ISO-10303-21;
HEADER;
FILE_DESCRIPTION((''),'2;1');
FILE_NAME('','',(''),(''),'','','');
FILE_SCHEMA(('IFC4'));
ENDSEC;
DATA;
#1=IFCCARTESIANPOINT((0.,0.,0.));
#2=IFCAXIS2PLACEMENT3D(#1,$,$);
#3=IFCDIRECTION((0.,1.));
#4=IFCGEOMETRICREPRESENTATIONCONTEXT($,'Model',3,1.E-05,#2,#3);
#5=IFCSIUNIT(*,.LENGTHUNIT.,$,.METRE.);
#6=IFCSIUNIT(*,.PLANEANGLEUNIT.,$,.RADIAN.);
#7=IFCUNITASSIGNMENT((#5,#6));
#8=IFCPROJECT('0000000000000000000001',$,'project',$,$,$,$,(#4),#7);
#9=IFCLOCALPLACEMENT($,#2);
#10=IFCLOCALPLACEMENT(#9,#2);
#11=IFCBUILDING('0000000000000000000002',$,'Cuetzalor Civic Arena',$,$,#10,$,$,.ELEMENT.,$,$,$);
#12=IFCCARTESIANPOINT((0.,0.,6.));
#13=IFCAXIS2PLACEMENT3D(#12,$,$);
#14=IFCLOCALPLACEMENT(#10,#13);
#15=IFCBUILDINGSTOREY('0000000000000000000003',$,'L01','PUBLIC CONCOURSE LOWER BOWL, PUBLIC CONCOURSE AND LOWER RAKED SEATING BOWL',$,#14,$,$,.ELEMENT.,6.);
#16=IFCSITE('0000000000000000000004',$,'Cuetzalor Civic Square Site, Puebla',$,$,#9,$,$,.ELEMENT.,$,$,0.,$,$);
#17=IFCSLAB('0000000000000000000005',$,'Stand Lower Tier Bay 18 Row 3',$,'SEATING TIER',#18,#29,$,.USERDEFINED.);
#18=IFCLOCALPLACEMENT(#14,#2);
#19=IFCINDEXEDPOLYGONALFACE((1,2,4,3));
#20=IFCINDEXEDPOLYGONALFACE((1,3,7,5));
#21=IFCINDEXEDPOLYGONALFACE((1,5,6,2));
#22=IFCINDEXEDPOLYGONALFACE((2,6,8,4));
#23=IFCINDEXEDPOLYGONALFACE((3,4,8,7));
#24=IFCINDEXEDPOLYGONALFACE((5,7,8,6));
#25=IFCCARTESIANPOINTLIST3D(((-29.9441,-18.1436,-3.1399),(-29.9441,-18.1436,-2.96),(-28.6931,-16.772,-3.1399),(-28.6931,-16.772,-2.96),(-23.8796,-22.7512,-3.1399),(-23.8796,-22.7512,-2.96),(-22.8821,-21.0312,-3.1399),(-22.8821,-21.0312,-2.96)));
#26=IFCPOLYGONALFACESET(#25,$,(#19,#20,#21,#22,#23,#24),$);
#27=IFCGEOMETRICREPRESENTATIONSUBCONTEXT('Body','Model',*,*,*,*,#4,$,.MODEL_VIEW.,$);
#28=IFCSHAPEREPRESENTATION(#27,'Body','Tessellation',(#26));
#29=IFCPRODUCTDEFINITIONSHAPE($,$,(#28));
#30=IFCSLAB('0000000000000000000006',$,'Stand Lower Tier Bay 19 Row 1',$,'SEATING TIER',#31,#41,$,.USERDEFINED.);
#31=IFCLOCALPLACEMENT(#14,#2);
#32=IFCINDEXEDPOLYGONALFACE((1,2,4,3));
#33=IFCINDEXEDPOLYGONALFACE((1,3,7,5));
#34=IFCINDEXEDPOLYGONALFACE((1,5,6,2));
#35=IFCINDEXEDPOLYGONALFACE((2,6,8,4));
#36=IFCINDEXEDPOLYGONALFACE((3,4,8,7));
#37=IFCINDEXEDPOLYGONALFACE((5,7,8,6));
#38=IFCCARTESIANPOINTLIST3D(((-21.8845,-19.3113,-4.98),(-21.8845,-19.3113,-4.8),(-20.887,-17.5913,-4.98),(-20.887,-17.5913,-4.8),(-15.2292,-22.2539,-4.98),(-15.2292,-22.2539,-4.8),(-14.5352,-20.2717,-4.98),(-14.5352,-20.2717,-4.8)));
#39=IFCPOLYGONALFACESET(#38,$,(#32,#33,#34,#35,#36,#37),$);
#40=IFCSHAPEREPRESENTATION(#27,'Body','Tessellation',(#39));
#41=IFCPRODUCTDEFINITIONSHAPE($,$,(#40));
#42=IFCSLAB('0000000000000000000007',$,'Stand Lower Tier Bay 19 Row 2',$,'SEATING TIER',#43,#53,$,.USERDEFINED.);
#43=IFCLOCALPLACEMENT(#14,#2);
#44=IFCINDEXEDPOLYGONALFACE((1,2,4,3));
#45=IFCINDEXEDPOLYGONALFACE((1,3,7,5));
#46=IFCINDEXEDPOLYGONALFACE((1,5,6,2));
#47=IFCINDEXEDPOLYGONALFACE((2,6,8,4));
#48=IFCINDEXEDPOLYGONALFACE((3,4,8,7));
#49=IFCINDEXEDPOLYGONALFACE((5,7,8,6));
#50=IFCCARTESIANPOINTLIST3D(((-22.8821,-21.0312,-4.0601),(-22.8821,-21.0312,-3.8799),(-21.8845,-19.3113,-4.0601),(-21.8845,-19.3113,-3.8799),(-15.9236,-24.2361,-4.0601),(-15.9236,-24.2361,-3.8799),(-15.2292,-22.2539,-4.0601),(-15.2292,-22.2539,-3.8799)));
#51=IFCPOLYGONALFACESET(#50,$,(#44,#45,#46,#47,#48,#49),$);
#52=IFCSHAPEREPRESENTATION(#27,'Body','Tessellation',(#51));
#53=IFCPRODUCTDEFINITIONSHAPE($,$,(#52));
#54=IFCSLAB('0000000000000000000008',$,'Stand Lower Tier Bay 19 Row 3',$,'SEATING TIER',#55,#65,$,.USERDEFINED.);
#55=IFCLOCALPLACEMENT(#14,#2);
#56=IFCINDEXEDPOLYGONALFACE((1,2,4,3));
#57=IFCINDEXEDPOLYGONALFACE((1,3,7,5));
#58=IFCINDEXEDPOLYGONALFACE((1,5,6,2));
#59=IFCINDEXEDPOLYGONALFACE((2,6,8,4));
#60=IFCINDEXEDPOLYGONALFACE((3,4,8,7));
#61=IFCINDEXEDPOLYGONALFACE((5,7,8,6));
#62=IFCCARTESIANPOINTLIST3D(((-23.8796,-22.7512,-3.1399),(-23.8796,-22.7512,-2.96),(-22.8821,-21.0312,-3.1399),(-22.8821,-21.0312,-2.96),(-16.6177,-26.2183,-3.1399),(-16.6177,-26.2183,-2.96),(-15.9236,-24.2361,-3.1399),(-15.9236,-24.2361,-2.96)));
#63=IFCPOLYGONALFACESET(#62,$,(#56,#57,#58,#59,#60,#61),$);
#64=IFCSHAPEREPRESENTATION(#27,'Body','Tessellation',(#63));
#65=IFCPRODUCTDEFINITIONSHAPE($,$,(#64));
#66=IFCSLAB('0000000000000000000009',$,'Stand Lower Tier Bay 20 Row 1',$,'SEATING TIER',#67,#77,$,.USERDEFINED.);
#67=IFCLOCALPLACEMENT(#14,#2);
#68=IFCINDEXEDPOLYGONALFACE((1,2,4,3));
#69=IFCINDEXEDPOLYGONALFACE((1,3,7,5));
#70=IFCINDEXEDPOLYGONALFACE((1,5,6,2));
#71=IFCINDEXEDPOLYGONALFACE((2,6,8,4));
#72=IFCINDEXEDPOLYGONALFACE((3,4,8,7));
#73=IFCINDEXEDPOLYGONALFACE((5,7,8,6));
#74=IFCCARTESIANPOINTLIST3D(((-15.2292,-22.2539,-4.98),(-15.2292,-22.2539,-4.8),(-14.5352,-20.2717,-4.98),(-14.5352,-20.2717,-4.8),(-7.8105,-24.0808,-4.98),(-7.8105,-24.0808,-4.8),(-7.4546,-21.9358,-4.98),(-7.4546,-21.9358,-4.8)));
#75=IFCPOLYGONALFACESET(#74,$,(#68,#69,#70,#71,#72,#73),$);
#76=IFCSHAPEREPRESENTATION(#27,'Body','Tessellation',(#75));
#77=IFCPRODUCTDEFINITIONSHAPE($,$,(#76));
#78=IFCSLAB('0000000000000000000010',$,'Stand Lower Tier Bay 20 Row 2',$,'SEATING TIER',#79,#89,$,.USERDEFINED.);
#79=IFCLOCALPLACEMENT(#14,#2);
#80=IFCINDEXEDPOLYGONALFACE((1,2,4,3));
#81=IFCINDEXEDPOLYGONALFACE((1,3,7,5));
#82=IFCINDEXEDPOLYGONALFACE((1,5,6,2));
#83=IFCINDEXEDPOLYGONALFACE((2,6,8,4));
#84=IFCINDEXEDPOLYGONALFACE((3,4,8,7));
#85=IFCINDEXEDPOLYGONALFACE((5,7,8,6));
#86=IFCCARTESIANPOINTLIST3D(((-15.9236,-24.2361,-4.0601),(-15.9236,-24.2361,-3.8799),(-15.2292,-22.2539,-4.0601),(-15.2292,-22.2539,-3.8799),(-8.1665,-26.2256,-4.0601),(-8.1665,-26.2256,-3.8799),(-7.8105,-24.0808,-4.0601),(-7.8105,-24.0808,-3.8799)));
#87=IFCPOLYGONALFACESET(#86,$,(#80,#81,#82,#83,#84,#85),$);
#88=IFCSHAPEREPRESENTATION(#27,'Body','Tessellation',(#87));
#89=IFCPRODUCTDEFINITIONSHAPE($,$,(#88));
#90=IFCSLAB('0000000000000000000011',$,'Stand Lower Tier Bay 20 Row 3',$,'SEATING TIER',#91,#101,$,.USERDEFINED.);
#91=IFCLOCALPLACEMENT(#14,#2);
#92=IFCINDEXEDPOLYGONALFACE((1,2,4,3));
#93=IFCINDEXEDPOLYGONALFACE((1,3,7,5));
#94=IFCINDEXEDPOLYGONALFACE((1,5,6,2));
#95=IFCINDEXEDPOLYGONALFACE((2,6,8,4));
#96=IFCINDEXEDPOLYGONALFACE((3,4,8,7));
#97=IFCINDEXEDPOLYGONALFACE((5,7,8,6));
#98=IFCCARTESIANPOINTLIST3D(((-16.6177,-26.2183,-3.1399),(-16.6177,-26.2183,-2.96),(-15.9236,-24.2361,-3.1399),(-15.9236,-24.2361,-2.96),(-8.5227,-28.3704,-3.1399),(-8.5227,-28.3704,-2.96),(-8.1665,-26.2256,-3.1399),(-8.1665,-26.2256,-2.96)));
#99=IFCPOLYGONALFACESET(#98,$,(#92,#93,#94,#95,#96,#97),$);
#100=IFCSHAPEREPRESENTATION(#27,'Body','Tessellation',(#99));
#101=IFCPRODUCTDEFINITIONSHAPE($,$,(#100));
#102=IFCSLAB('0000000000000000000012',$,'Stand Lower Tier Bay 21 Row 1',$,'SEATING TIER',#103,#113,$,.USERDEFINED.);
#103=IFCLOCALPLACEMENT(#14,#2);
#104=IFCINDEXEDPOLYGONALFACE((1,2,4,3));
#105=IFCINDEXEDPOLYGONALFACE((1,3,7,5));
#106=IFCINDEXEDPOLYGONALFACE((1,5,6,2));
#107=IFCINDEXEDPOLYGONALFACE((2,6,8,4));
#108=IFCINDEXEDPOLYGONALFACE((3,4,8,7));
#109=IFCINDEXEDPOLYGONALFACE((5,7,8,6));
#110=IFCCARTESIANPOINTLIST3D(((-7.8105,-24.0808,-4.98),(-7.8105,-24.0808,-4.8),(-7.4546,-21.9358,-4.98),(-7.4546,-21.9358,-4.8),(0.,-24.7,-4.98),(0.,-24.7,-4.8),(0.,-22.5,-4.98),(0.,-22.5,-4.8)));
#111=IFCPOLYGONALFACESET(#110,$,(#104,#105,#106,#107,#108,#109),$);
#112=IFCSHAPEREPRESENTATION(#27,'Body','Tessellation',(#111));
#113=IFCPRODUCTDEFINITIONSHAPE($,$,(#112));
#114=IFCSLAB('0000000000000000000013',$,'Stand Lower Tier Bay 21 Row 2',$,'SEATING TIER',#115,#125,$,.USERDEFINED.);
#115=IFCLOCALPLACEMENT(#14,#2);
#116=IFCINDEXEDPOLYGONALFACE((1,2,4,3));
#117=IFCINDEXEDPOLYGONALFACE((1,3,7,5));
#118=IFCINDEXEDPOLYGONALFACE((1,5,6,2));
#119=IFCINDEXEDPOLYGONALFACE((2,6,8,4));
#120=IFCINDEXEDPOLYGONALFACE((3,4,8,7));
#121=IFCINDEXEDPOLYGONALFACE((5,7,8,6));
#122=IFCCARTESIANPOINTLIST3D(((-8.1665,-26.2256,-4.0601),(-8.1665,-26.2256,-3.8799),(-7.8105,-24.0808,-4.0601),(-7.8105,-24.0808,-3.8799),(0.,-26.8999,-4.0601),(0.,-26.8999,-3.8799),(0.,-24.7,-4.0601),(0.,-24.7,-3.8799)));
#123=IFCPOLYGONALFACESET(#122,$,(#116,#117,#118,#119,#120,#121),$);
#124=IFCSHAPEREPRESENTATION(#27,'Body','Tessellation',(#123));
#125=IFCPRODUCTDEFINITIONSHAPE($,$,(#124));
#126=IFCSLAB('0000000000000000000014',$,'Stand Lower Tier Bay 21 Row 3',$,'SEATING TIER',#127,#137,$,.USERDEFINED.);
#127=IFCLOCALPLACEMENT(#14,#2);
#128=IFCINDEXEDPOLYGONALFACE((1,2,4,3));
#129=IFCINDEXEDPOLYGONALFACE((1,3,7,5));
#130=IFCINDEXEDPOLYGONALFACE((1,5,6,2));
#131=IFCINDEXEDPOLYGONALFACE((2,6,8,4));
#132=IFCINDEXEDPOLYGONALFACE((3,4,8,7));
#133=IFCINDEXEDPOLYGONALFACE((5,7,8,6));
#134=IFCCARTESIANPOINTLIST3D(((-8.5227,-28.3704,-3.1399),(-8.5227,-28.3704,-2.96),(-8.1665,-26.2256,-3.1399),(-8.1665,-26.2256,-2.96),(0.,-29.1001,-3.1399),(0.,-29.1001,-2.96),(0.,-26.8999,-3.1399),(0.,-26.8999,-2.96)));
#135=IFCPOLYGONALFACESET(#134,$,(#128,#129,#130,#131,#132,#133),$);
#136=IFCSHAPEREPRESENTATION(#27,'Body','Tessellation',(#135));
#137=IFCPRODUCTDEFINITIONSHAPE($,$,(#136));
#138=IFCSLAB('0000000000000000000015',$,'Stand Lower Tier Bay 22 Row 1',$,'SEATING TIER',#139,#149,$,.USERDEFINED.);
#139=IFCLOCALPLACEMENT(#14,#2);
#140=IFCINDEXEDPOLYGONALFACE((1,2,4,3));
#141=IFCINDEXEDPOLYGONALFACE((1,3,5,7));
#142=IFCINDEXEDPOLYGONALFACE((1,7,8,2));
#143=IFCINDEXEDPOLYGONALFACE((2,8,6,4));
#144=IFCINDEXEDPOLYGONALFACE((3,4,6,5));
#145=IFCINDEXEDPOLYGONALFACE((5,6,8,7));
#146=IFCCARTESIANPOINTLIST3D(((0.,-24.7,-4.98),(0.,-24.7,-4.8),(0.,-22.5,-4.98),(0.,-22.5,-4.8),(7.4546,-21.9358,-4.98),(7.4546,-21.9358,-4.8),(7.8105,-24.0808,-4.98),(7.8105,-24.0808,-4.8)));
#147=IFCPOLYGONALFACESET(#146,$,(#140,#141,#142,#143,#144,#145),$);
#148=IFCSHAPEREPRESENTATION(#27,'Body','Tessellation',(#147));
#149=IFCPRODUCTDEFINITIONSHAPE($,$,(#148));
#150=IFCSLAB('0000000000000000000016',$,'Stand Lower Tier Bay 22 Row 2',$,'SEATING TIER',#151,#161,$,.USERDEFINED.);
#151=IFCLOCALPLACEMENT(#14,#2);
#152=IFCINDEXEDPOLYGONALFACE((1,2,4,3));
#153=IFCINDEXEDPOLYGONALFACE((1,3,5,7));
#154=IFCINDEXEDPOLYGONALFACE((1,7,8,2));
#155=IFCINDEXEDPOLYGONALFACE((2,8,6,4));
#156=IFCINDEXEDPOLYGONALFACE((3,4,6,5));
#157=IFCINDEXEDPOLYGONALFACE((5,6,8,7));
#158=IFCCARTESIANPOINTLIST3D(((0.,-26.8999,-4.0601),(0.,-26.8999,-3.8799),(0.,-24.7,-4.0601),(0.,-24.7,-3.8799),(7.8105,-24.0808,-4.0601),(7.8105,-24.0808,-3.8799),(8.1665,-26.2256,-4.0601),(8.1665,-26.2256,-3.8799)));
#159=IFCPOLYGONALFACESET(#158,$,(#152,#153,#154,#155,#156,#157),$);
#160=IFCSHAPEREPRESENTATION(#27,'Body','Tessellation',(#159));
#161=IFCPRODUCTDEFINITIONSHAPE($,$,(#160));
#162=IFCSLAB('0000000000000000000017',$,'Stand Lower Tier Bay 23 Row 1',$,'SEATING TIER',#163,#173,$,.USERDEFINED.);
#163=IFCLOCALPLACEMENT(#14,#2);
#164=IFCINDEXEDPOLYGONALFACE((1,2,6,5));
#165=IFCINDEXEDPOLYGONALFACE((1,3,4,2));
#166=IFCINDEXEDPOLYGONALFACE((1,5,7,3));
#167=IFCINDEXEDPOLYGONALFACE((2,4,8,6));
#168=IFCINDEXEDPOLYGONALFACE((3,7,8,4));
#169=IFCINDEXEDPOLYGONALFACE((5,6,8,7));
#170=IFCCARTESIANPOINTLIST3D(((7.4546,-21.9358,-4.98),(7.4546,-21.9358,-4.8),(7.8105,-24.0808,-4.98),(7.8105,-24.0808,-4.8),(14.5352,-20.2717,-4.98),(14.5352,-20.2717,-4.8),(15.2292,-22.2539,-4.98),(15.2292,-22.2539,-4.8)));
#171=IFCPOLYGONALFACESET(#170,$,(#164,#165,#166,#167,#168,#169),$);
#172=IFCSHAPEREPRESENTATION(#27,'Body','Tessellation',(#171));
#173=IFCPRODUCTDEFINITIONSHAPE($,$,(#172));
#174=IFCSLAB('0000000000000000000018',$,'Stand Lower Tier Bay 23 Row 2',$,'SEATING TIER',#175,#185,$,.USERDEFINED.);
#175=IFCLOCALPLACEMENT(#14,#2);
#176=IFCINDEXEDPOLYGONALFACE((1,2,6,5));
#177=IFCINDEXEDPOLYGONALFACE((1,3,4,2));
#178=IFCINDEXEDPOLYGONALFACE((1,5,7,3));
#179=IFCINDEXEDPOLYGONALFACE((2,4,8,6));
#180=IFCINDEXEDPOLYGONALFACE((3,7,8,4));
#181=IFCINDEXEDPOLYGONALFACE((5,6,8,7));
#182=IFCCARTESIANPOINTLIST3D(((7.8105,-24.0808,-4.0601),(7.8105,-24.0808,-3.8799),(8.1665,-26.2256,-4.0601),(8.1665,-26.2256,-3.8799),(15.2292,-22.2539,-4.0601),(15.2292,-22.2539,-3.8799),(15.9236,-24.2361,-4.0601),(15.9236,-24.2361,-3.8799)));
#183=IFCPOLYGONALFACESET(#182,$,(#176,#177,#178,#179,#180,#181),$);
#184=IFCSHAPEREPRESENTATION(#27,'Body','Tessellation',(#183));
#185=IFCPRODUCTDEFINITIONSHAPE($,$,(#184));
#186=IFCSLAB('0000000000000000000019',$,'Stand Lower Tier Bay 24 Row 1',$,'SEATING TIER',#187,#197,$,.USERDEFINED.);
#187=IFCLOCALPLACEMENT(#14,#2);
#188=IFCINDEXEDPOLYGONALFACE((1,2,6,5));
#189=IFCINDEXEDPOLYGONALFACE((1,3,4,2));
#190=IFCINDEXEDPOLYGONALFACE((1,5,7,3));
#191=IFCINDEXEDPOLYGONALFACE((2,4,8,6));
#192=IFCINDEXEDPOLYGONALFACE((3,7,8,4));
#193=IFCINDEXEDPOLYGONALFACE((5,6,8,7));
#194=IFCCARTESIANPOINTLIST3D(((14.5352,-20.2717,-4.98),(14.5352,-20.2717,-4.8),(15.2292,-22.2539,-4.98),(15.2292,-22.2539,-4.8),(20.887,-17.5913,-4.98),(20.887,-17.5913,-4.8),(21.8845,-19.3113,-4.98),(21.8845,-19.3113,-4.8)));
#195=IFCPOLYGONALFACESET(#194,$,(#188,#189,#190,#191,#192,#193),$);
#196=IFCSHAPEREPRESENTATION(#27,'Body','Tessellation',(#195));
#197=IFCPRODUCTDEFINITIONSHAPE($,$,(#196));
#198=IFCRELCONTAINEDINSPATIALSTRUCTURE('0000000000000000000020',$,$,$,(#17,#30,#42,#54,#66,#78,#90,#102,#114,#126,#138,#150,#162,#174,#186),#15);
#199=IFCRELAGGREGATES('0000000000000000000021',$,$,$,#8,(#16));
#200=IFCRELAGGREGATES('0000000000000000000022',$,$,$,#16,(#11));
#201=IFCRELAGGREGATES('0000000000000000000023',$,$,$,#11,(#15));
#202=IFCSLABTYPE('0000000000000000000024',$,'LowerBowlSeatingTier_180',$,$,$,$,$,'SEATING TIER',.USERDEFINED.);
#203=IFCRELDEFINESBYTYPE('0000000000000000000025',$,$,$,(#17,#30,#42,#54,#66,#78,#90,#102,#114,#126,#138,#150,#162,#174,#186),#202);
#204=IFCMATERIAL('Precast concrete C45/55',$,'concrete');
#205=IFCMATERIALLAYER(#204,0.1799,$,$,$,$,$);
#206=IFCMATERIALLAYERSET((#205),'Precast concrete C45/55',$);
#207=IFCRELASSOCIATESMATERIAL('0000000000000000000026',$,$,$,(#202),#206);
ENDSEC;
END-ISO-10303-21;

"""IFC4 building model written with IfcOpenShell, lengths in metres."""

from ifc_helpers import new_model, si_unit, direction, frame, origin, place, context, subcontext, project, spatial, polyline, outline, extrude, material, layer, layer_set, type_object, element, save


model = new_model("IFC4")

# Units and contexts
model_context = context("Model", 3, precision=1e-05, world=origin(), true_north=direction((0.0, 1.0)))
body_context = subcontext(model_context, "Body", "Model", "MODEL_VIEW")
ifc_project = project(units=[si_unit("LENGTHUNIT", "METRE"), si_unit("PLANEANGLEUNIT", "RADIAN")], contexts=[model_context])

# Site, building, storey
site_placement = place(None, origin())
site = spatial("IfcSite", under=ifc_project, at=site_placement, Name="Cuetzalor Civic Square Site, Puebla", CompositionType="ELEMENT", RefElevation=0.0)
building_placement = place(site_placement, origin())
building = spatial("IfcBuilding", under=site, at=building_placement, Name="Cuetzalor Civic Arena", CompositionType="ELEMENT")
storey_placement = place(building_placement, frame((0.0, 0.0, 6.0)))
storey = spatial("IfcBuildingStorey", under=building, at=storey_placement, Name="L01", Description="PUBLIC CONCOURSE LOWER BOWL, PUBLIC CONCOURSE AND LOWER RAKED SEATING BOWL", CompositionType="ELEMENT", Elevation=6.0)

# Slabs
ifc_material = material(Name="Precast concrete C45/55", Category="concrete")
ifc_layer = layer(ifc_material, 0.1799)
ifc_layer_set = layer_set([ifc_layer], Name="Precast concrete C45/55")
slab_type = type_object("IfcSlabType", Name="LowerBowlSeatingTier_180", ElementType="SEATING TIER", PredefinedType="USERDEFINED", material=ifc_layer_set)
slab_1_placement = place(storey_placement, frame((0.0, 0.0, -3.1399)))
element("IfcSlab", 1, at=slab_1_placement, inside=storey, type_object=slab_type, Name="Stand Lower Tier Bay 18 Row 3", ObjectType="SEATING TIER", PredefinedType="USERDEFINED", context=body_context, shape_type="SweptSolid", body=[
    extrude(outline(polyline([(-28.6931, -16.772), (-22.8821, -21.0312), (-23.8796, -22.7512), (-29.9441, -18.1436), (-28.6931, -16.772)])), origin(), (0.0, 0.0, 1.0), 0.1799),
])
slab_2_placement = place(storey_placement, frame((0.0, 0.0, -4.98)))
element("IfcSlab", 2, at=slab_2_placement, inside=storey, type_object=slab_type, Name="Stand Lower Tier Bay 19 Row 1", ObjectType="SEATING TIER", PredefinedType="USERDEFINED", context=body_context, shape_type="SweptSolid", body=[
    extrude(outline(polyline([(-20.887, -17.5913), (-14.5352, -20.2717), (-15.2292, -22.2539), (-21.8845, -19.3113), (-20.887, -17.5913)])), origin(), (0.0, 0.0, 1.0), 0.1799),
])
slab_3_placement = place(storey_placement, frame((0.0, 0.0, -4.0601)))
element("IfcSlab", 3, at=slab_3_placement, inside=storey, type_object=slab_type, Name="Stand Lower Tier Bay 19 Row 2", ObjectType="SEATING TIER", PredefinedType="USERDEFINED", context=body_context, shape_type="SweptSolid", body=[
    extrude(outline(polyline([(-21.8845, -19.3113), (-15.2292, -22.2539), (-15.9236, -24.2361), (-22.8821, -21.0312), (-21.8845, -19.3113)])), origin(), (0.0, 0.0, 1.0), 0.1802),
])
slab_4_placement = place(storey_placement, frame((0.0, 0.0, -3.1399)))
element("IfcSlab", 4, at=slab_4_placement, inside=storey, type_object=slab_type, Name="Stand Lower Tier Bay 19 Row 3", ObjectType="SEATING TIER", PredefinedType="USERDEFINED", context=body_context, shape_type="SweptSolid", body=[
    extrude(outline(polyline([(-22.8821, -21.0312), (-15.9236, -24.2361), (-16.6177, -26.2183), (-23.8796, -22.7512), (-22.8821, -21.0312)])), origin(), (0.0, 0.0, 1.0), 0.1799),
])
slab_5_placement = place(storey_placement, frame((0.0, 0.0, -4.98)))
element("IfcSlab", 5, at=slab_5_placement, inside=storey, type_object=slab_type, Name="Stand Lower Tier Bay 20 Row 1", ObjectType="SEATING TIER", PredefinedType="USERDEFINED", context=body_context, shape_type="SweptSolid", body=[
    extrude(outline(polyline([(-14.5352, -20.2717), (-7.4546, -21.9358), (-7.8105, -24.0808), (-15.2292, -22.2539), (-14.5352, -20.2717)])), origin(), (0.0, 0.0, 1.0), 0.1799),
])
slab_6_placement = place(storey_placement, frame((0.0, 0.0, -4.0601)))
element("IfcSlab", 6, at=slab_6_placement, inside=storey, type_object=slab_type, Name="Stand Lower Tier Bay 20 Row 2", ObjectType="SEATING TIER", PredefinedType="USERDEFINED", context=body_context, shape_type="SweptSolid", body=[
    extrude(outline(polyline([(-15.2292, -22.2539), (-7.8105, -24.0808), (-8.1665, -26.2256), (-15.9236, -24.2361), (-15.2292, -22.2539)])), origin(), (0.0, 0.0, 1.0), 0.1802),
])
slab_7_placement = place(storey_placement, frame((0.0, 0.0, -3.1399)))
element("IfcSlab", 7, at=slab_7_placement, inside=storey, type_object=slab_type, Name="Stand Lower Tier Bay 20 Row 3", ObjectType="SEATING TIER", PredefinedType="USERDEFINED", context=body_context, shape_type="SweptSolid", body=[
    extrude(outline(polyline([(-15.9236, -24.2361), (-8.1665, -26.2256), (-8.5227, -28.3704), (-16.6177, -26.2183), (-15.9236, -24.2361)])), origin(), (0.0, 0.0, 1.0), 0.1799),
])
slab_8_placement = place(storey_placement, frame((0.0, 0.0, -4.98)))
element("IfcSlab", 8, at=slab_8_placement, inside=storey, type_object=slab_type, Name="Stand Lower Tier Bay 21 Row 1", ObjectType="SEATING TIER", PredefinedType="USERDEFINED", context=body_context, shape_type="SweptSolid", body=[
    extrude(outline(polyline([(-7.4546, -21.9358), (0.0, -22.5), (0.0, -24.7), (-7.8105, -24.0808), (-7.4546, -21.9358)])), origin(), (0.0, 0.0, 1.0), 0.1799),
])
slab_9_placement = place(storey_placement, frame((0.0, 0.0, -4.0601)))
element("IfcSlab", 9, at=slab_9_placement, inside=storey, type_object=slab_type, Name="Stand Lower Tier Bay 21 Row 2", ObjectType="SEATING TIER", PredefinedType="USERDEFINED", context=body_context, shape_type="SweptSolid", body=[
    extrude(outline(polyline([(-7.8105, -24.0808), (0.0, -24.7), (0.0, -26.8999), (-8.1665, -26.2256), (-7.8105, -24.0808)])), origin(), (0.0, 0.0, 1.0), 0.1802),
])
slab_10_placement = place(storey_placement, frame((0.0, 0.0, -3.1399)))
element("IfcSlab", 10, at=slab_10_placement, inside=storey, type_object=slab_type, Name="Stand Lower Tier Bay 21 Row 3", ObjectType="SEATING TIER", PredefinedType="USERDEFINED", context=body_context, shape_type="SweptSolid", body=[
    extrude(outline(polyline([(-8.1665, -26.2256), (0.0, -26.8999), (0.0, -29.1001), (-8.5227, -28.3704), (-8.1665, -26.2256)])), origin(), (0.0, 0.0, 1.0), 0.1799),
])
slab_11_placement = place(storey_placement, frame((0.0, 0.0, -4.98)))
element("IfcSlab", 11, at=slab_11_placement, inside=storey, type_object=slab_type, Name="Stand Lower Tier Bay 22 Row 1", ObjectType="SEATING TIER", PredefinedType="USERDEFINED", context=body_context, shape_type="SweptSolid", body=[
    extrude(outline(polyline([(0.0, -22.5), (7.4546, -21.9358), (7.8105, -24.0808), (0.0, -24.7), (0.0, -22.5)])), origin(), (0.0, 0.0, 1.0), 0.1799),
])
slab_12_placement = place(storey_placement, frame((0.0, 0.0, -4.0601)))
element("IfcSlab", 12, at=slab_12_placement, inside=storey, type_object=slab_type, Name="Stand Lower Tier Bay 22 Row 2", ObjectType="SEATING TIER", PredefinedType="USERDEFINED", context=body_context, shape_type="SweptSolid", body=[
    extrude(outline(polyline([(0.0, -24.7), (7.8105, -24.0808), (8.1665, -26.2256), (0.0, -26.8999), (0.0, -24.7)])), origin(), (0.0, 0.0, 1.0), 0.1802),
])
slab_13_placement = place(storey_placement, frame((0.0, 0.0, -4.98)))
element("IfcSlab", 13, at=slab_13_placement, inside=storey, type_object=slab_type, Name="Stand Lower Tier Bay 23 Row 1", ObjectType="SEATING TIER", PredefinedType="USERDEFINED", context=body_context, shape_type="SweptSolid", body=[
    extrude(outline(polyline([(7.4546, -21.9358), (14.5352, -20.2717), (15.2292, -22.2539), (7.8105, -24.0808), (7.4546, -21.9358)])), origin(), (0.0, 0.0, 1.0), 0.1799),
])
slab_14_placement = place(storey_placement, frame((0.0, 0.0, -4.0601)))
element("IfcSlab", 14, at=slab_14_placement, inside=storey, type_object=slab_type, Name="Stand Lower Tier Bay 23 Row 2", ObjectType="SEATING TIER", PredefinedType="USERDEFINED", context=body_context, shape_type="SweptSolid", body=[
    extrude(outline(polyline([(7.8105, -24.0808), (15.2292, -22.2539), (15.9236, -24.2361), (8.1665, -26.2256), (7.8105, -24.0808)])), origin(), (0.0, 0.0, 1.0), 0.1802),
])
slab_15_placement = place(storey_placement, frame((0.0, 0.0, -4.98)))
element("IfcSlab", 15, at=slab_15_placement, inside=storey, type_object=slab_type, Name="Stand Lower Tier Bay 24 Row 1", ObjectType="SEATING TIER", PredefinedType="USERDEFINED", context=body_context, shape_type="SweptSolid", body=[
    extrude(outline(polyline([(14.5352, -20.2717), (20.887, -17.5913), (21.8845, -19.3113), (15.2292, -22.2539), (14.5352, -20.2717)])), origin(), (0.0, 0.0, 1.0), 0.1799),
])

save(model, "model.ifc")
